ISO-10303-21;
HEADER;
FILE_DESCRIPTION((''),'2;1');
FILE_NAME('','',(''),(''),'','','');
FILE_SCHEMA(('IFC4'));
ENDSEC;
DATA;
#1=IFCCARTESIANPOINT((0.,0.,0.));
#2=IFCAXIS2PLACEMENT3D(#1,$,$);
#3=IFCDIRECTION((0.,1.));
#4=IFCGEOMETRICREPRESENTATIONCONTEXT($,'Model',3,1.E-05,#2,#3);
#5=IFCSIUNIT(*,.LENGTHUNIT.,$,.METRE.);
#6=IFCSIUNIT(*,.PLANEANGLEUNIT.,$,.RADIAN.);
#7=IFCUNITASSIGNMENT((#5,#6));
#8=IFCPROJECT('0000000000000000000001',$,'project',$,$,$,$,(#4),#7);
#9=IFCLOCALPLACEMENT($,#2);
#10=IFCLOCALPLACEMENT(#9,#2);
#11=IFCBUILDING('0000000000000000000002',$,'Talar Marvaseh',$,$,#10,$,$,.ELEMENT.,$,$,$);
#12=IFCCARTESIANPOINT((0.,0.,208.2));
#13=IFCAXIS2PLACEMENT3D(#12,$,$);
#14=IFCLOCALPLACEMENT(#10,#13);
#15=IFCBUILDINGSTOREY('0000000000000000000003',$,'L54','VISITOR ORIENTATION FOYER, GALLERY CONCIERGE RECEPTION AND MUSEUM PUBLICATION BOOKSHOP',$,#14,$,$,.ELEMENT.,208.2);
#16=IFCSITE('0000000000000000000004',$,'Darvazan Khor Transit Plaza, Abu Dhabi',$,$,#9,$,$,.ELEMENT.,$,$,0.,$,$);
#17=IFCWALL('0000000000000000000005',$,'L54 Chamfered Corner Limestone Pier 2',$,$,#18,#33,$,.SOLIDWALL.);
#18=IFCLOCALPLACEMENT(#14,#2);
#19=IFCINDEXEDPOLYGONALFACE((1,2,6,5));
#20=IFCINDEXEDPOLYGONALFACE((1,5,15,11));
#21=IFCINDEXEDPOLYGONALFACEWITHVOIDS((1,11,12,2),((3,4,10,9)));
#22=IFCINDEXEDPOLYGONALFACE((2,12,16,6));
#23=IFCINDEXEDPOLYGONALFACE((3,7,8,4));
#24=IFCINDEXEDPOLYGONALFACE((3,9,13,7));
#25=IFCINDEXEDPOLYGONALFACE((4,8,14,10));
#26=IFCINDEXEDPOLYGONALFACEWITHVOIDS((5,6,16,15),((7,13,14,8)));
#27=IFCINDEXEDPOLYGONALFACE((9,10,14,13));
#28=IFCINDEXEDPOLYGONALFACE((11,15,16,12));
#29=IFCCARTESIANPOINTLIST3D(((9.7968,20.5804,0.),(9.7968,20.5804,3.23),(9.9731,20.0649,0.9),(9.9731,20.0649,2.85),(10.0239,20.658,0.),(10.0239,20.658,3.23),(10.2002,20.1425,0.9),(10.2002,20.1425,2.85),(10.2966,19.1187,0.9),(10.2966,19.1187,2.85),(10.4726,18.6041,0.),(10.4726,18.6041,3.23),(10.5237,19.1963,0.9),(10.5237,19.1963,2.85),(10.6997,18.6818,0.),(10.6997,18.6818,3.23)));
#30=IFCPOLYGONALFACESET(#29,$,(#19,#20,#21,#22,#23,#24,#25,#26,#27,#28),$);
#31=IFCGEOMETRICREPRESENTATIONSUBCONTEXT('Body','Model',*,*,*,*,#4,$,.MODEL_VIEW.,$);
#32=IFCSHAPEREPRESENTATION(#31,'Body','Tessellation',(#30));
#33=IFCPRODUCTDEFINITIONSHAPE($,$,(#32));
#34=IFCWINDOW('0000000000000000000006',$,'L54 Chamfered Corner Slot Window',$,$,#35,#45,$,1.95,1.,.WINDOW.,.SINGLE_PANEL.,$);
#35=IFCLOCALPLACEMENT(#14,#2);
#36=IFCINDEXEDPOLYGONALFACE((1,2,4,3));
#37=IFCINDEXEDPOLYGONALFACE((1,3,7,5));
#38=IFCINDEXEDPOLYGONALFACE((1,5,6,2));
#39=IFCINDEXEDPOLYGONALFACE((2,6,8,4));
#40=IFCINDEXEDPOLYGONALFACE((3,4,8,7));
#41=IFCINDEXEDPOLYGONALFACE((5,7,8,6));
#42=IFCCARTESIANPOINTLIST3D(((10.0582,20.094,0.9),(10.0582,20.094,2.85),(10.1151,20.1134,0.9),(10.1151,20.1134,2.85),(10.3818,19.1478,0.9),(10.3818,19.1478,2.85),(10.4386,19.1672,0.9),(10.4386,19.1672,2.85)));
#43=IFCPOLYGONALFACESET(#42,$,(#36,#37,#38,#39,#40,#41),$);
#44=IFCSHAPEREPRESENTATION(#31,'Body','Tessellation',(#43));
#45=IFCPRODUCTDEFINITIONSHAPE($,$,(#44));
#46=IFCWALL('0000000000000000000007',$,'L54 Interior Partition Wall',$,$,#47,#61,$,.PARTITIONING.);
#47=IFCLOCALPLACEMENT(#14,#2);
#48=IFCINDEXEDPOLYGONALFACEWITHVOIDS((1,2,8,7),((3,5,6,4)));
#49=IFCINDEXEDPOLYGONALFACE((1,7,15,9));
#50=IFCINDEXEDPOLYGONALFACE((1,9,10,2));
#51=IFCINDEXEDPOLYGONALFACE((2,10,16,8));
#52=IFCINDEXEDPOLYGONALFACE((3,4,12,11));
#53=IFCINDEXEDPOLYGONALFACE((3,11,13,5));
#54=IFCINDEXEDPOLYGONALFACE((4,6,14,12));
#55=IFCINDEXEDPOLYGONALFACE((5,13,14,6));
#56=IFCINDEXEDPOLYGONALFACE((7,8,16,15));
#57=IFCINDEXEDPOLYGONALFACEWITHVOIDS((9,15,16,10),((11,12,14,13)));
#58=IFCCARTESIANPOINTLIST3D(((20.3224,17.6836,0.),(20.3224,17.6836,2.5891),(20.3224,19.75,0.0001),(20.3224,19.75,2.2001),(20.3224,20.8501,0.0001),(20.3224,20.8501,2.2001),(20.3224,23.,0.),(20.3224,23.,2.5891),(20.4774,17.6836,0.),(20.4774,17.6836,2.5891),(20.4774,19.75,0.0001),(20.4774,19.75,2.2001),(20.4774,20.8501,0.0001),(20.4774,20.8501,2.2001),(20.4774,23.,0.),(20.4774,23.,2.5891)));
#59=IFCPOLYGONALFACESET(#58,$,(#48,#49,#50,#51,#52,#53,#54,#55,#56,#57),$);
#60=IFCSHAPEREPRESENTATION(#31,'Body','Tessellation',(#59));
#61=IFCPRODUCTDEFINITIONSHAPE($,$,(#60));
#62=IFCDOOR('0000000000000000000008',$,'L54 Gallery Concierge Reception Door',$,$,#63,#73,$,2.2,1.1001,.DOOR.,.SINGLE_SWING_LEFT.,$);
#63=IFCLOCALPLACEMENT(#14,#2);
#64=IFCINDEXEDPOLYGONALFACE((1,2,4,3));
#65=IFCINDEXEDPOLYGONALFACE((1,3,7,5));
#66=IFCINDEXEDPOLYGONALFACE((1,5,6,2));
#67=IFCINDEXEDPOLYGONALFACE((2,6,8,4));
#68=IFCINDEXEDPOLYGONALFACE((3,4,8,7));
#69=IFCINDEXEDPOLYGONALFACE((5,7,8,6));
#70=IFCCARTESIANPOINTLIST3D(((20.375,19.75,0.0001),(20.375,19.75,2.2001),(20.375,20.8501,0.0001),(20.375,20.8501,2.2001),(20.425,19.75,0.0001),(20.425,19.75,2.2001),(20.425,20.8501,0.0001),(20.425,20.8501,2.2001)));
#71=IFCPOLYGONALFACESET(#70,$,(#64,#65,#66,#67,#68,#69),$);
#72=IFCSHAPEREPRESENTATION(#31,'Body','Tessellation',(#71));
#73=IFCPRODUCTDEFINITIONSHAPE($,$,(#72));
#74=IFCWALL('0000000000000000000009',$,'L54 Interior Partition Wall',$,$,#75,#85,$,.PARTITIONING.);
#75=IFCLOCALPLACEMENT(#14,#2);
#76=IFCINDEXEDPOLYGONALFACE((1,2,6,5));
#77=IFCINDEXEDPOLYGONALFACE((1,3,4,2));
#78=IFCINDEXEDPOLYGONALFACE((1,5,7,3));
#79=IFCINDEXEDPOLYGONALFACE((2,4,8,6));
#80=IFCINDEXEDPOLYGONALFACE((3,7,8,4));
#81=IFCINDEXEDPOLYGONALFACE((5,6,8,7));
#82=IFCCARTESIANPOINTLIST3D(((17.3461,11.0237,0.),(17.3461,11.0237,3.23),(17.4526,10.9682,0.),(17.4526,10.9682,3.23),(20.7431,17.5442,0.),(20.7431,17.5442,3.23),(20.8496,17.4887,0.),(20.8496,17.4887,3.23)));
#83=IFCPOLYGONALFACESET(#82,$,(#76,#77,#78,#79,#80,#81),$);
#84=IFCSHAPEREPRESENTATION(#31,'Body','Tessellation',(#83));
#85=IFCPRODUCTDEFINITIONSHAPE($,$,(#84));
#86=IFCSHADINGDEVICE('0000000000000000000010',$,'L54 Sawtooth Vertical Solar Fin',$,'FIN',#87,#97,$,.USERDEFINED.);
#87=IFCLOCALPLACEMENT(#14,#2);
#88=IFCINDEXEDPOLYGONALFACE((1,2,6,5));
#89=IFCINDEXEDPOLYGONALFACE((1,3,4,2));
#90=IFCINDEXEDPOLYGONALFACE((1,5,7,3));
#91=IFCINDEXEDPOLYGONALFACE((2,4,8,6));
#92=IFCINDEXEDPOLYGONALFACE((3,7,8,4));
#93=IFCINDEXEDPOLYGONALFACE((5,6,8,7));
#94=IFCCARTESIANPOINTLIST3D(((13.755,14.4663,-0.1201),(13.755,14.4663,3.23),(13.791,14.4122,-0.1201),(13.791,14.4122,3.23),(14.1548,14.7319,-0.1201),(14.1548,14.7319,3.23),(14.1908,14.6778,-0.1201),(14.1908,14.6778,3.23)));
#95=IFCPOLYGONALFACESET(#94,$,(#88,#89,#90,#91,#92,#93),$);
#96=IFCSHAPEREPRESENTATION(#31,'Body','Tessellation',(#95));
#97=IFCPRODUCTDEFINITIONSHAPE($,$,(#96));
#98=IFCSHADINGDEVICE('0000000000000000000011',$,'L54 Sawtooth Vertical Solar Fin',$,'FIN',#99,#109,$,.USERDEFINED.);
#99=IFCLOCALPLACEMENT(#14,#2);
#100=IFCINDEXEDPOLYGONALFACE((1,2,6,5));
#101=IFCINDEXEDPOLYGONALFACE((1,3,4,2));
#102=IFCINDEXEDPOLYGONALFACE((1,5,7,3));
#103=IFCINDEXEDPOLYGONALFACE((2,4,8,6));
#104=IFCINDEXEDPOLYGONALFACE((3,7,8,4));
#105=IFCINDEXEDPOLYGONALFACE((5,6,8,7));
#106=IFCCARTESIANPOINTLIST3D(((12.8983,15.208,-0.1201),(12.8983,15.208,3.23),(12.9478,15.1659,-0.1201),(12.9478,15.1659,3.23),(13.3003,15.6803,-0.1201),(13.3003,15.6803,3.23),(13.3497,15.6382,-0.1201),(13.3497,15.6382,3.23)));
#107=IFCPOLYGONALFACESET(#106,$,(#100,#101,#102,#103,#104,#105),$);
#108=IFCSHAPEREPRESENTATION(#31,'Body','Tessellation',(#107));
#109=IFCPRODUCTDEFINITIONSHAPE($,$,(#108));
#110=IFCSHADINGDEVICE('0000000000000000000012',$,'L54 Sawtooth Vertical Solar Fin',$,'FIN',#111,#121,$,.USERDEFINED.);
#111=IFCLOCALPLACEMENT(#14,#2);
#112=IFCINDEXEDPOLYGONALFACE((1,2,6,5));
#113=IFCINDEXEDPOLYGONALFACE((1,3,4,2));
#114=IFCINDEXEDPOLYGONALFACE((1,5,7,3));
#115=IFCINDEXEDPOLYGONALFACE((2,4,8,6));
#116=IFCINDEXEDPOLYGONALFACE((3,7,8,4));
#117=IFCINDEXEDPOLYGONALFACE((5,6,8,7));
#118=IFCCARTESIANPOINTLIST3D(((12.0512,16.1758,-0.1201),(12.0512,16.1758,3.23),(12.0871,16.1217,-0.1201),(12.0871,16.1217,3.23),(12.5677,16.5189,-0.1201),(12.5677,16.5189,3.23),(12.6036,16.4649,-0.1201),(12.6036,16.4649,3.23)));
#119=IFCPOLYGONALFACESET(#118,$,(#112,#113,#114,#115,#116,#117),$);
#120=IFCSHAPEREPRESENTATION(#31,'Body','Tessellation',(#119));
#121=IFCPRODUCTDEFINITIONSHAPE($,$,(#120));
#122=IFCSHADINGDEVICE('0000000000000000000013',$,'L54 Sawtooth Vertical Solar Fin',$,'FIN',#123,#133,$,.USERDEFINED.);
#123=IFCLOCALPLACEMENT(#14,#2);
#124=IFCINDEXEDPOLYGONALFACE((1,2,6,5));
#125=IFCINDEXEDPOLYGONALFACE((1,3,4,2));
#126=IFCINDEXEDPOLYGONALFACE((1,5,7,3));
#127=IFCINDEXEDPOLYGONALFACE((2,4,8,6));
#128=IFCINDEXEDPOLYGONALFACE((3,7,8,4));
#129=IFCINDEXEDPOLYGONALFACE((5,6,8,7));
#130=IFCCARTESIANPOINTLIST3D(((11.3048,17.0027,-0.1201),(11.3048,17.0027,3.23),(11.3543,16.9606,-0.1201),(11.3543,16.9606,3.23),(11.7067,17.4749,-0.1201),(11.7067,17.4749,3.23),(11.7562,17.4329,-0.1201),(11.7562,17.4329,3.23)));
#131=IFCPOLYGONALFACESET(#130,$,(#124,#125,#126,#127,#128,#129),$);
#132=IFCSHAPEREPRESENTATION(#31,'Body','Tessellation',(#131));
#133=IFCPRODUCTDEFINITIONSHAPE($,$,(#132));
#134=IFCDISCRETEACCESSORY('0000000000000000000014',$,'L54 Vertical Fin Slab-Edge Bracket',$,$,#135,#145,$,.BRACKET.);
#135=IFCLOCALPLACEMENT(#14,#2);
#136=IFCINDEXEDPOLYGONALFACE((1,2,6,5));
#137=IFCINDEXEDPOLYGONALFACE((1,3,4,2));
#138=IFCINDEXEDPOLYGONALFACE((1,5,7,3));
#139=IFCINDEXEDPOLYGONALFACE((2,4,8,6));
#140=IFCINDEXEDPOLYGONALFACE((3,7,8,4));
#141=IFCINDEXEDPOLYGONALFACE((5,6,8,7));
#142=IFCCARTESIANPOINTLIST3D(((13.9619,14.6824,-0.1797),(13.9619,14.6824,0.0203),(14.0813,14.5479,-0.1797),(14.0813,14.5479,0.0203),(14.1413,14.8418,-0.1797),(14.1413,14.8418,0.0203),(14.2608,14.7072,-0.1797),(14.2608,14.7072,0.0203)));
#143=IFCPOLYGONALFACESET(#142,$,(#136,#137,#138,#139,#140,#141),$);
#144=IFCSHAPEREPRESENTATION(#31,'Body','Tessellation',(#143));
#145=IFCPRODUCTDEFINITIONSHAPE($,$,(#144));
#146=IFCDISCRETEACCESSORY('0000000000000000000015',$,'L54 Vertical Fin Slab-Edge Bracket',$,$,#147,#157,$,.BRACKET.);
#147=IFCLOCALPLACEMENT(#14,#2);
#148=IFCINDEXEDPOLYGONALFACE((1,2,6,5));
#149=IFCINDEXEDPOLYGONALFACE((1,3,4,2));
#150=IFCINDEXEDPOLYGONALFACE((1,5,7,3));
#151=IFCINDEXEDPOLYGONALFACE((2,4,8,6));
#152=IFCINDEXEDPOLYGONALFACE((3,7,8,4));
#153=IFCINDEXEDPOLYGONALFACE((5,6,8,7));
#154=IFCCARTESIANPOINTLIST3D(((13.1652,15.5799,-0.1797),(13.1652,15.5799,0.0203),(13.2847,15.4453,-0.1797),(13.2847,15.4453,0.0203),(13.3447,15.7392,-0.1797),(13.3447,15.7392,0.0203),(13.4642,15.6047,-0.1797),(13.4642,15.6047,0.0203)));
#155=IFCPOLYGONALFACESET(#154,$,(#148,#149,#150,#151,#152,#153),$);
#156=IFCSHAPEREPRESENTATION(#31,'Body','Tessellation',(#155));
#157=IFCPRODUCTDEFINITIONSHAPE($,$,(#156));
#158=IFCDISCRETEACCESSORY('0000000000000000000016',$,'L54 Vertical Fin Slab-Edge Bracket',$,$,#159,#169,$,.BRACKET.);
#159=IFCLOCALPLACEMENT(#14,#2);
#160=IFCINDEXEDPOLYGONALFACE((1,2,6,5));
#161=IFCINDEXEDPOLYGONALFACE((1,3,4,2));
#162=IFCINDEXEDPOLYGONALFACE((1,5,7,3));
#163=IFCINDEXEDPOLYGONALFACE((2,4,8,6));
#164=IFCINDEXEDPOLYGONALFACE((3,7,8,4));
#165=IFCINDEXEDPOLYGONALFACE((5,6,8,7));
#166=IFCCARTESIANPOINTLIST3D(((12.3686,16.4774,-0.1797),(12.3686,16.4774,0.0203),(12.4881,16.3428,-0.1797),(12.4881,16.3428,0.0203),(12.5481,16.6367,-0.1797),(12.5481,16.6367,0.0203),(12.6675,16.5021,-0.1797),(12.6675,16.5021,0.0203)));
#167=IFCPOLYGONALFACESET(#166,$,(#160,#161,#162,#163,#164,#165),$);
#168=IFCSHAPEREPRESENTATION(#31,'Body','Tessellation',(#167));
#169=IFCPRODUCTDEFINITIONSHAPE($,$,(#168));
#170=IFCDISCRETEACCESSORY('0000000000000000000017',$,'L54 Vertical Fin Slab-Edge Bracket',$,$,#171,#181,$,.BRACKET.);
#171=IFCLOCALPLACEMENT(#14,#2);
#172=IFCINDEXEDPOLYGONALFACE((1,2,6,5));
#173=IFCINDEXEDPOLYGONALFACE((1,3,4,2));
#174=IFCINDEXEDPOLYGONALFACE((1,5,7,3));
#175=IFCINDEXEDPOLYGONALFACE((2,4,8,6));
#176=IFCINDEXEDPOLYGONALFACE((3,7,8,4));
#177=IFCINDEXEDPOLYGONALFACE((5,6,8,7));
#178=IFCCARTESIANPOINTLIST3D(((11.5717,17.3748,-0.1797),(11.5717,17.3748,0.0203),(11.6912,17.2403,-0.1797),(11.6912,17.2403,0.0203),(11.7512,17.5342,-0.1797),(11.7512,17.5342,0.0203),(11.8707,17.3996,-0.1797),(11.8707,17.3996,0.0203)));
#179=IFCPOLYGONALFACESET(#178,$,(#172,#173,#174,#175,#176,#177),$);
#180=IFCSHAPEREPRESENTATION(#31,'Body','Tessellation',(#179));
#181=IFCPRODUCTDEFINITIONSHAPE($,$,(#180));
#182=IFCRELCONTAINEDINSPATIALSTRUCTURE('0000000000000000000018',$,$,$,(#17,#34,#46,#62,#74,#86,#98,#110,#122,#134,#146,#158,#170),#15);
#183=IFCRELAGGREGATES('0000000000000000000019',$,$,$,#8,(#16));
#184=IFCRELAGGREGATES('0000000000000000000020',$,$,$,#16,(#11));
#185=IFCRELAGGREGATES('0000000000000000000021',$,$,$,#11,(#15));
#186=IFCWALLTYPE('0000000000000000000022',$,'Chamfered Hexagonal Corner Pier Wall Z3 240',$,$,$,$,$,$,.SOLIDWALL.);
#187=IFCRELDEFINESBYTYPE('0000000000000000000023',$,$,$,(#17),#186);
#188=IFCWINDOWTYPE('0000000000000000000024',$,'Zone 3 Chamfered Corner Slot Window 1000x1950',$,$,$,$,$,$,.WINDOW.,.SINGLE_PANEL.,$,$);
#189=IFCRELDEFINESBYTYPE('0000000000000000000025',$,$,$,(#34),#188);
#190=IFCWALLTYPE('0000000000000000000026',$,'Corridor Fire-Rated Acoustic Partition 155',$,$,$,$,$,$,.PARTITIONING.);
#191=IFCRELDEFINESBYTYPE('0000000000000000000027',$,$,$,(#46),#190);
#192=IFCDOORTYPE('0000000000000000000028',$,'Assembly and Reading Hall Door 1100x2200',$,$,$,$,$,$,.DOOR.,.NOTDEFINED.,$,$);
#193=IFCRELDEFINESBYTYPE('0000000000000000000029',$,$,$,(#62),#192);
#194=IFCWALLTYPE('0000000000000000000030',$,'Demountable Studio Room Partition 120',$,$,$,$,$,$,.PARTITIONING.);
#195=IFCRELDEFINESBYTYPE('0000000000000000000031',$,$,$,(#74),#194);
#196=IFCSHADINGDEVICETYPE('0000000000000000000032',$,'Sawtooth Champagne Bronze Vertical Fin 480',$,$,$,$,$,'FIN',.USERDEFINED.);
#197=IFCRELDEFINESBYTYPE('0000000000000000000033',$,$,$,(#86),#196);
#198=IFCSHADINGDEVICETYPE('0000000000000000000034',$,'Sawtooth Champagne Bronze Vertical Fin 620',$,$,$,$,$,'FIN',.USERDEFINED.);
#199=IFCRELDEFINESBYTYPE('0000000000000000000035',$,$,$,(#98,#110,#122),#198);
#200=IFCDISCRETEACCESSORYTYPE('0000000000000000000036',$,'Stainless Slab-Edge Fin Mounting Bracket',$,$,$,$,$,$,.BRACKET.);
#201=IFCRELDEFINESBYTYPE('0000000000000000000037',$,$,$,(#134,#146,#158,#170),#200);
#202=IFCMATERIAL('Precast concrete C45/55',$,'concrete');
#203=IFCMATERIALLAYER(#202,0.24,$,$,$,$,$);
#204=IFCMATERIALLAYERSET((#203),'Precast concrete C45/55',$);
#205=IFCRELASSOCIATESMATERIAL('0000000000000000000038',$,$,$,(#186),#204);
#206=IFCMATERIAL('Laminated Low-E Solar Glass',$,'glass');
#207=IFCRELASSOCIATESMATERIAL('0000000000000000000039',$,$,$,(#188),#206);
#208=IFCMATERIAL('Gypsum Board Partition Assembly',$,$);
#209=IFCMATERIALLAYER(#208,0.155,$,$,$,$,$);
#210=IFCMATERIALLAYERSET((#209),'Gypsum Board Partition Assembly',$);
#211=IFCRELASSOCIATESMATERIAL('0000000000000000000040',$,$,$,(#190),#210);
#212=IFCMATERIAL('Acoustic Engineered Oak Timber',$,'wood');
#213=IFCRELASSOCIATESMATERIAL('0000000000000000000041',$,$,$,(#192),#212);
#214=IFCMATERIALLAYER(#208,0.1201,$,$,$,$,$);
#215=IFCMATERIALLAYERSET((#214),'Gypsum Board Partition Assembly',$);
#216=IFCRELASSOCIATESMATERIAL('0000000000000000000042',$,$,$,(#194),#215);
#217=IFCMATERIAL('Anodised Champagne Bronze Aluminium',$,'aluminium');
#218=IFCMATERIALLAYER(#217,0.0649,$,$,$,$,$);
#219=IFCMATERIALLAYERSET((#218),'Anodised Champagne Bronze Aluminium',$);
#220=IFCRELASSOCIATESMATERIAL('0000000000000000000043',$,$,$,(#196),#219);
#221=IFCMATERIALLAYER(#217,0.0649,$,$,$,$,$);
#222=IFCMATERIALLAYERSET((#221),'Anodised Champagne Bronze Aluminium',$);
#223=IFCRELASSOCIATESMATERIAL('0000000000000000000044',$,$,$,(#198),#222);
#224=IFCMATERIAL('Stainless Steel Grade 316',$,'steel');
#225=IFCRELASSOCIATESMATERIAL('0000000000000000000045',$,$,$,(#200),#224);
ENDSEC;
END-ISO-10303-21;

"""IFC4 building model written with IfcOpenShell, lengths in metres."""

from ifc_helpers import new_model, si_unit, direction, frame, frame_2d, origin, origin_2d, place, context, subcontext, project, spatial, rectangle, extrude, source, transform, mapped, material, layer, layer_set, type_object, type_shapes, element, fill, save


model = new_model("IFC4")

# Units and contexts
model_context = context("Model", 3, precision=1e-05, world=origin(), true_north=direction((0.0, 1.0)))
body_context = subcontext(model_context, "Body", "Model", "MODEL_VIEW")
ifc_project = project(units=[si_unit("LENGTHUNIT", "METRE"), si_unit("PLANEANGLEUNIT", "RADIAN")], contexts=[model_context])

# Site, building, storey
site_placement = place(None, origin())
site = spatial("IfcSite", under=ifc_project, at=site_placement, Name="Darvazan Khor Transit Plaza, Abu Dhabi", CompositionType="ELEMENT", RefElevation=0.0)
building_placement = place(site_placement, origin())
building = spatial("IfcBuilding", under=site, at=building_placement, Name="Talar Marvaseh", CompositionType="ELEMENT")
storey_placement = place(building_placement, frame((0.0, 0.0, 208.2)))
storey = spatial("IfcBuildingStorey", under=building, at=storey_placement, Name="L54", Description="VISITOR ORIENTATION FOYER, GALLERY CONCIERGE RECEPTION AND MUSEUM PUBLICATION BOOKSHOP", CompositionType="ELEMENT", Elevation=208.2)

# Shared definitions
ifc_material_1 = material(Name="Laminated Low-E Solar Glass", Category="glass")

# Wall, opening, window
ifc_material_2 = material(Name="Precast concrete C45/55", Category="concrete")
ifc_layer_1 = layer(ifc_material_2, 0.24)
ifc_layer_set_1 = layer_set([ifc_layer_1], Name="Precast concrete C45/55")
wall_type_1 = type_object("IfcWallType", Name="Chamfered Hexagonal Corner Pier Wall Z3 240", PredefinedType="SOLIDWALL", material=ifc_layer_set_1)
wall_1_placement = place(storey_placement, frame((10.5862, 18.6428, 0.0), z_axis=(0.0, 0.0, 1.0), x_axis=(-0.323547, 0.946212, 0.0)))
wall_1 = element("IfcWall", 1, at=wall_1_placement, inside=storey, type_object=wall_type_1, Name="L54 Chamfered Corner Limestone Pier 2", PredefinedType="SOLIDWALL", context=body_context, shape_type="SweptSolid", body=[
    extrude(rectangle(XDim=2.0886, YDim=0.24, at=frame_2d((1.0444, 0.0))), origin(), (0.0, 0.0, 1.0), 3.23),
])
opening_1_placement = place(wall_1_placement, frame((0.5439, 0.0, 0.8999)))
opening_1 = element("IfcOpeningElement", 2, at=opening_1_placement, cuts=wall_1, PredefinedType="OPENING", context=body_context, shape_type="SweptSolid", body=[
    extrude(rectangle(XDim=1.0, YDim=1.95, at=frame_2d((0.5, 0.9751))), frame((0.0, 0.1299, 0.0), z_axis=(0.0, -1.0, 0.0), x_axis=(1.0, 0.0, 0.0)), (0.0, 0.0, 1.0), 0.26),
])
window_type = type_object("IfcWindowType", Name="Zone 3 Chamfered Corner Slot Window 1000x1950", PartitioningType="SINGLE_PANEL", PredefinedType="WINDOW", material=ifc_material_1)
shared_shape_1 = source(origin(), body_context, "Body", "SweptSolid", [
    extrude(rectangle(XDim=1.0, YDim=1.95, at=frame_2d((0.5, 0.9751))), frame((0.0, 0.03, 0.0), z_axis=(0.0, -1.0, 0.0), x_axis=(1.0, 0.0, 0.0)), (0.0, 0.0, 1.0), 0.0601),
])
type_shapes(window_type, [shared_shape_1])
window_placement = place(opening_1_placement, origin())
window = element("IfcWindow", 3, at=window_placement, inside=storey, type_object=window_type, Name="L54 Chamfered Corner Slot Window", OverallHeight=1.95, OverallWidth=1.0, PartitioningType="SINGLE_PANEL", PredefinedType="WINDOW", context=body_context, shape_type="MappedRepresentation", body=[
    mapped(shared_shape_1, transform((0.0, 0.0, 0.0), x_axis=(1.0, 0.0, 0.0), y_axis=(0.0, 1.0, 0.0), z_axis=(0.0, 0.0, 1.0), scale=1.0)),
])
fill(opening_1, window)

# Wall, opening, door
ifc_material_3 = material(Name="Gypsum Board Partition Assembly")
ifc_layer_2 = layer(ifc_material_3, 0.155)
ifc_layer_set_2 = layer_set([ifc_layer_2], Name="Gypsum Board Partition Assembly")
wall_type_2 = type_object("IfcWallType", Name="Corridor Fire-Rated Acoustic Partition 155", PredefinedType="PARTITIONING", material=ifc_layer_set_2)
wall_2_placement = place(storey_placement, frame((20.3999, 17.6836, 0.0), z_axis=(0.0, 0.0, 1.0), x_axis=(0.0, 1.0, 0.0)))
wall_2 = element("IfcWall", 4, at=wall_2_placement, inside=storey, type_object=wall_type_2, Name="L54 Interior Partition Wall", PredefinedType="PARTITIONING", context=body_context, shape_type="SweptSolid", body=[
    extrude(rectangle(XDim=5.3164, YDim=0.155, at=frame_2d((2.6582, 0.0))), origin(), (0.0, 0.0, 1.0), 2.5891),
])
opening_2_placement = place(wall_2_placement, frame((2.0664, 0.0, 0.0)))
opening_2 = element("IfcOpeningElement", 5, at=opening_2_placement, cuts=wall_2, PredefinedType="OPENING", context=body_context, shape_type="SweptSolid", body=[
    extrude(rectangle(XDim=1.1001, YDim=2.2, at=frame_2d((0.55, 1.1001))), frame((0.0, 0.0874, 0.0), z_axis=(0.0, -1.0, 0.0), x_axis=(1.0, 0.0, 0.0)), (0.0, 0.0, 1.0), 0.175),
])
ifc_material_4 = material(Name="Acoustic Engineered Oak Timber", Category="wood")
door_type = type_object("IfcDoorType", Name="Assembly and Reading Hall Door 1100x2200", OperationType="NOTDEFINED", PredefinedType="DOOR", material=ifc_material_4)
shared_shape_2 = source(origin(), body_context, "Body", "SweptSolid", [
    extrude(rectangle(XDim=1.1001, YDim=2.2, at=frame_2d((0.55, 1.1001))), frame((0.0, 0.0249, 0.0), z_axis=(0.0, -1.0, 0.0), x_axis=(1.0, 0.0, 0.0)), (0.0, 0.0, 1.0), 0.05),
])
type_shapes(door_type, [shared_shape_2])
door_placement = place(opening_2_placement, origin())
door = element("IfcDoor", 6, at=door_placement, inside=storey, type_object=door_type, Name="L54 Gallery Concierge Reception Door", OperationType="SINGLE_SWING_LEFT", OverallHeight=2.2, OverallWidth=1.1001, PredefinedType="DOOR", context=body_context, shape_type="MappedRepresentation", body=[
    mapped(shared_shape_2, transform((0.0, 0.0, 0.0), x_axis=(1.0, 0.0, 0.0), y_axis=(0.0, 1.0, 0.0), z_axis=(0.0, 0.0, 1.0), scale=1.0)),
])
fill(opening_2, door)

# Wall
ifc_layer_3 = layer(ifc_material_3, 0.1201)
ifc_layer_set_3 = layer_set([ifc_layer_3], Name="Gypsum Board Partition Assembly")
wall_type_3 = type_object("IfcWallType", Name="Demountable Studio Room Partition 120", PredefinedType="PARTITIONING", material=ifc_layer_set_3)
wall_3_placement = place(storey_placement, frame((20.7964, 17.5166, 0.0), z_axis=(0.0, 0.0, 1.0), x_axis=(-0.462028, -0.886865, 0.0)))
element("IfcWall", 7, at=wall_3_placement, inside=storey, type_object=wall_type_3, Name="L54 Interior Partition Wall", PredefinedType="PARTITIONING", context=body_context, shape_type="SweptSolid", body=[
    extrude(rectangle(XDim=7.3523, YDim=0.1201, at=frame_2d((3.6763, 0.0))), origin(), (0.0, 0.0, 1.0), 3.23),
])

# Shading devices
ifc_material_5 = material(Name="Anodised Champagne Bronze Aluminium", Category="aluminium")
ifc_layer_4 = layer(ifc_material_5, 0.0649)
ifc_layer_set_4 = layer_set([ifc_layer_4], Name="Anodised Champagne Bronze Aluminium")
shading_device_type_1 = type_object("IfcShadingDeviceType", Name="Sawtooth Champagne Bronze Vertical Fin 480", ElementType="FIN", PredefinedType="USERDEFINED", material=ifc_layer_set_4)
shared_shape_3 = source(origin(), body_context, "Body", "SweptSolid", [
    extrude(rectangle(XDim=0.48, YDim=0.0649, at=origin_2d()), origin(), (0.0, 0.0, 1.0), 3.3501),
])
type_shapes(shading_device_type_1, [shared_shape_3])
shading_device_placement = place(storey_placement, frame((13.9729, 14.572, -0.1201), z_axis=(0.0, 0.0, 1.0), x_axis=(-0.832921, -0.553392, 0.0)))
element("IfcShadingDevice", 8, at=shading_device_placement, inside=storey, type_object=shading_device_type_1, Name="L54 Sawtooth Vertical Solar Fin", ObjectType="FIN", PredefinedType="USERDEFINED", context=body_context, shape_type="MappedRepresentation", body=[
    mapped(shared_shape_3, transform((0.0, 0.0, 0.0), x_axis=(1.0, 0.0, 0.0), y_axis=(0.0, 1.0, 0.0), z_axis=(0.0, 0.0, 1.0), scale=1.0)),
])
ifc_layer_5 = layer(ifc_material_5, 0.0649)
ifc_layer_set_5 = layer_set([ifc_layer_5], Name="Anodised Champagne Bronze Aluminium")
shading_device_type_2 = type_object("IfcShadingDeviceType", Name="Sawtooth Champagne Bronze Vertical Fin 620", ElementType="FIN", PredefinedType="USERDEFINED", material=ifc_layer_set_5)
shared_shape_4 = source(origin(), body_context, "Body", "SweptSolid", [
    extrude(rectangle(XDim=0.6201, YDim=0.0649, at=origin_2d()), origin(), (0.0, 0.0, 1.0), 3.3501),
])
type_shapes(shading_device_type_2, [shared_shape_4])
for number, where, z_axis, x_axis, name in (
    (9, (13.124, 15.4231, -0.1201), (0.0, 0.0, 1.0), (-0.64812, -0.761538, 0.0), "L54 Sawtooth Vertical Solar Fin"),
    (10, (12.3274, 16.3203, -0.1201), (0.0, 0.0, 1.0), (-0.832921, -0.553392, 0.0), "L54 Sawtooth Vertical Solar Fin"),
    (11, (11.5305, 17.2178, -0.1201), (0.0, 0.0, 1.0), (-0.64812, -0.761538, 0.0), "L54 Sawtooth Vertical Solar Fin"),
):
    element("IfcShadingDevice", number, at=place(storey_placement, frame(where, z_axis=z_axis, x_axis=x_axis)), inside=storey, type_object=shading_device_type_2, Name=name, ObjectType="FIN", PredefinedType="USERDEFINED", context=body_context, shape_type="MappedRepresentation", body=[
        mapped(shared_shape_4, transform((0.0, 0.0, 0.0), x_axis=(1.0, 0.0, 0.0), y_axis=(0.0, 1.0, 0.0), z_axis=(0.0, 0.0, 1.0), scale=1.0)),
    ])

# Discrete accessories
ifc_material_6 = material(Name="Stainless Steel Grade 316", Category="steel")
discrete_accessory_type = type_object("IfcDiscreteAccessoryType", Name="Stainless Slab-Edge Fin Mounting Bracket", PredefinedType="BRACKET", material=ifc_material_6)
shared_shape_5 = source(origin(), body_context, "Body", "SweptSolid", [
    extrude(rectangle(XDim=0.24, YDim=0.1799, at=origin_2d()), origin(), (0.0, 0.0, 1.0), 0.2),
])
type_shapes(discrete_accessory_type, [shared_shape_5])
for number, where, z_axis, x_axis, name in (
    (12, (14.1113, 14.6948, -0.1797), (0.0, 0.0, 1.0), (-0.747798, -0.663926, 0.0), "L54 Vertical Fin Slab-Edge Bracket"),
    (13, (13.3147, 15.5923, -0.1797), (0.0, 0.0, 1.0), (-0.747798, -0.663926, 0.0), "L54 Vertical Fin Slab-Edge Bracket"),
    (14, (12.5181, 16.4897, -0.1797), (0.0, 0.0, 1.0), (-0.747798, -0.663926, 0.0), "L54 Vertical Fin Slab-Edge Bracket"),
    (15, (11.7212, 17.3872, -0.1797), (0.0, 0.0, 1.0), (-0.747798, -0.663926, 0.0), "L54 Vertical Fin Slab-Edge Bracket"),
):
    element("IfcDiscreteAccessory", number, at=place(storey_placement, frame(where, z_axis=z_axis, x_axis=x_axis)), inside=storey, type_object=discrete_accessory_type, Name=name, PredefinedType="BRACKET", context=body_context, shape_type="MappedRepresentation", body=[
        mapped(shared_shape_5, transform((0.0, 0.0, 0.0), x_axis=(1.0, 0.0, 0.0), y_axis=(0.0, 1.0, 0.0), z_axis=(0.0, 0.0, 1.0), scale=1.0)),
    ])

save(model, "model.ifc")
